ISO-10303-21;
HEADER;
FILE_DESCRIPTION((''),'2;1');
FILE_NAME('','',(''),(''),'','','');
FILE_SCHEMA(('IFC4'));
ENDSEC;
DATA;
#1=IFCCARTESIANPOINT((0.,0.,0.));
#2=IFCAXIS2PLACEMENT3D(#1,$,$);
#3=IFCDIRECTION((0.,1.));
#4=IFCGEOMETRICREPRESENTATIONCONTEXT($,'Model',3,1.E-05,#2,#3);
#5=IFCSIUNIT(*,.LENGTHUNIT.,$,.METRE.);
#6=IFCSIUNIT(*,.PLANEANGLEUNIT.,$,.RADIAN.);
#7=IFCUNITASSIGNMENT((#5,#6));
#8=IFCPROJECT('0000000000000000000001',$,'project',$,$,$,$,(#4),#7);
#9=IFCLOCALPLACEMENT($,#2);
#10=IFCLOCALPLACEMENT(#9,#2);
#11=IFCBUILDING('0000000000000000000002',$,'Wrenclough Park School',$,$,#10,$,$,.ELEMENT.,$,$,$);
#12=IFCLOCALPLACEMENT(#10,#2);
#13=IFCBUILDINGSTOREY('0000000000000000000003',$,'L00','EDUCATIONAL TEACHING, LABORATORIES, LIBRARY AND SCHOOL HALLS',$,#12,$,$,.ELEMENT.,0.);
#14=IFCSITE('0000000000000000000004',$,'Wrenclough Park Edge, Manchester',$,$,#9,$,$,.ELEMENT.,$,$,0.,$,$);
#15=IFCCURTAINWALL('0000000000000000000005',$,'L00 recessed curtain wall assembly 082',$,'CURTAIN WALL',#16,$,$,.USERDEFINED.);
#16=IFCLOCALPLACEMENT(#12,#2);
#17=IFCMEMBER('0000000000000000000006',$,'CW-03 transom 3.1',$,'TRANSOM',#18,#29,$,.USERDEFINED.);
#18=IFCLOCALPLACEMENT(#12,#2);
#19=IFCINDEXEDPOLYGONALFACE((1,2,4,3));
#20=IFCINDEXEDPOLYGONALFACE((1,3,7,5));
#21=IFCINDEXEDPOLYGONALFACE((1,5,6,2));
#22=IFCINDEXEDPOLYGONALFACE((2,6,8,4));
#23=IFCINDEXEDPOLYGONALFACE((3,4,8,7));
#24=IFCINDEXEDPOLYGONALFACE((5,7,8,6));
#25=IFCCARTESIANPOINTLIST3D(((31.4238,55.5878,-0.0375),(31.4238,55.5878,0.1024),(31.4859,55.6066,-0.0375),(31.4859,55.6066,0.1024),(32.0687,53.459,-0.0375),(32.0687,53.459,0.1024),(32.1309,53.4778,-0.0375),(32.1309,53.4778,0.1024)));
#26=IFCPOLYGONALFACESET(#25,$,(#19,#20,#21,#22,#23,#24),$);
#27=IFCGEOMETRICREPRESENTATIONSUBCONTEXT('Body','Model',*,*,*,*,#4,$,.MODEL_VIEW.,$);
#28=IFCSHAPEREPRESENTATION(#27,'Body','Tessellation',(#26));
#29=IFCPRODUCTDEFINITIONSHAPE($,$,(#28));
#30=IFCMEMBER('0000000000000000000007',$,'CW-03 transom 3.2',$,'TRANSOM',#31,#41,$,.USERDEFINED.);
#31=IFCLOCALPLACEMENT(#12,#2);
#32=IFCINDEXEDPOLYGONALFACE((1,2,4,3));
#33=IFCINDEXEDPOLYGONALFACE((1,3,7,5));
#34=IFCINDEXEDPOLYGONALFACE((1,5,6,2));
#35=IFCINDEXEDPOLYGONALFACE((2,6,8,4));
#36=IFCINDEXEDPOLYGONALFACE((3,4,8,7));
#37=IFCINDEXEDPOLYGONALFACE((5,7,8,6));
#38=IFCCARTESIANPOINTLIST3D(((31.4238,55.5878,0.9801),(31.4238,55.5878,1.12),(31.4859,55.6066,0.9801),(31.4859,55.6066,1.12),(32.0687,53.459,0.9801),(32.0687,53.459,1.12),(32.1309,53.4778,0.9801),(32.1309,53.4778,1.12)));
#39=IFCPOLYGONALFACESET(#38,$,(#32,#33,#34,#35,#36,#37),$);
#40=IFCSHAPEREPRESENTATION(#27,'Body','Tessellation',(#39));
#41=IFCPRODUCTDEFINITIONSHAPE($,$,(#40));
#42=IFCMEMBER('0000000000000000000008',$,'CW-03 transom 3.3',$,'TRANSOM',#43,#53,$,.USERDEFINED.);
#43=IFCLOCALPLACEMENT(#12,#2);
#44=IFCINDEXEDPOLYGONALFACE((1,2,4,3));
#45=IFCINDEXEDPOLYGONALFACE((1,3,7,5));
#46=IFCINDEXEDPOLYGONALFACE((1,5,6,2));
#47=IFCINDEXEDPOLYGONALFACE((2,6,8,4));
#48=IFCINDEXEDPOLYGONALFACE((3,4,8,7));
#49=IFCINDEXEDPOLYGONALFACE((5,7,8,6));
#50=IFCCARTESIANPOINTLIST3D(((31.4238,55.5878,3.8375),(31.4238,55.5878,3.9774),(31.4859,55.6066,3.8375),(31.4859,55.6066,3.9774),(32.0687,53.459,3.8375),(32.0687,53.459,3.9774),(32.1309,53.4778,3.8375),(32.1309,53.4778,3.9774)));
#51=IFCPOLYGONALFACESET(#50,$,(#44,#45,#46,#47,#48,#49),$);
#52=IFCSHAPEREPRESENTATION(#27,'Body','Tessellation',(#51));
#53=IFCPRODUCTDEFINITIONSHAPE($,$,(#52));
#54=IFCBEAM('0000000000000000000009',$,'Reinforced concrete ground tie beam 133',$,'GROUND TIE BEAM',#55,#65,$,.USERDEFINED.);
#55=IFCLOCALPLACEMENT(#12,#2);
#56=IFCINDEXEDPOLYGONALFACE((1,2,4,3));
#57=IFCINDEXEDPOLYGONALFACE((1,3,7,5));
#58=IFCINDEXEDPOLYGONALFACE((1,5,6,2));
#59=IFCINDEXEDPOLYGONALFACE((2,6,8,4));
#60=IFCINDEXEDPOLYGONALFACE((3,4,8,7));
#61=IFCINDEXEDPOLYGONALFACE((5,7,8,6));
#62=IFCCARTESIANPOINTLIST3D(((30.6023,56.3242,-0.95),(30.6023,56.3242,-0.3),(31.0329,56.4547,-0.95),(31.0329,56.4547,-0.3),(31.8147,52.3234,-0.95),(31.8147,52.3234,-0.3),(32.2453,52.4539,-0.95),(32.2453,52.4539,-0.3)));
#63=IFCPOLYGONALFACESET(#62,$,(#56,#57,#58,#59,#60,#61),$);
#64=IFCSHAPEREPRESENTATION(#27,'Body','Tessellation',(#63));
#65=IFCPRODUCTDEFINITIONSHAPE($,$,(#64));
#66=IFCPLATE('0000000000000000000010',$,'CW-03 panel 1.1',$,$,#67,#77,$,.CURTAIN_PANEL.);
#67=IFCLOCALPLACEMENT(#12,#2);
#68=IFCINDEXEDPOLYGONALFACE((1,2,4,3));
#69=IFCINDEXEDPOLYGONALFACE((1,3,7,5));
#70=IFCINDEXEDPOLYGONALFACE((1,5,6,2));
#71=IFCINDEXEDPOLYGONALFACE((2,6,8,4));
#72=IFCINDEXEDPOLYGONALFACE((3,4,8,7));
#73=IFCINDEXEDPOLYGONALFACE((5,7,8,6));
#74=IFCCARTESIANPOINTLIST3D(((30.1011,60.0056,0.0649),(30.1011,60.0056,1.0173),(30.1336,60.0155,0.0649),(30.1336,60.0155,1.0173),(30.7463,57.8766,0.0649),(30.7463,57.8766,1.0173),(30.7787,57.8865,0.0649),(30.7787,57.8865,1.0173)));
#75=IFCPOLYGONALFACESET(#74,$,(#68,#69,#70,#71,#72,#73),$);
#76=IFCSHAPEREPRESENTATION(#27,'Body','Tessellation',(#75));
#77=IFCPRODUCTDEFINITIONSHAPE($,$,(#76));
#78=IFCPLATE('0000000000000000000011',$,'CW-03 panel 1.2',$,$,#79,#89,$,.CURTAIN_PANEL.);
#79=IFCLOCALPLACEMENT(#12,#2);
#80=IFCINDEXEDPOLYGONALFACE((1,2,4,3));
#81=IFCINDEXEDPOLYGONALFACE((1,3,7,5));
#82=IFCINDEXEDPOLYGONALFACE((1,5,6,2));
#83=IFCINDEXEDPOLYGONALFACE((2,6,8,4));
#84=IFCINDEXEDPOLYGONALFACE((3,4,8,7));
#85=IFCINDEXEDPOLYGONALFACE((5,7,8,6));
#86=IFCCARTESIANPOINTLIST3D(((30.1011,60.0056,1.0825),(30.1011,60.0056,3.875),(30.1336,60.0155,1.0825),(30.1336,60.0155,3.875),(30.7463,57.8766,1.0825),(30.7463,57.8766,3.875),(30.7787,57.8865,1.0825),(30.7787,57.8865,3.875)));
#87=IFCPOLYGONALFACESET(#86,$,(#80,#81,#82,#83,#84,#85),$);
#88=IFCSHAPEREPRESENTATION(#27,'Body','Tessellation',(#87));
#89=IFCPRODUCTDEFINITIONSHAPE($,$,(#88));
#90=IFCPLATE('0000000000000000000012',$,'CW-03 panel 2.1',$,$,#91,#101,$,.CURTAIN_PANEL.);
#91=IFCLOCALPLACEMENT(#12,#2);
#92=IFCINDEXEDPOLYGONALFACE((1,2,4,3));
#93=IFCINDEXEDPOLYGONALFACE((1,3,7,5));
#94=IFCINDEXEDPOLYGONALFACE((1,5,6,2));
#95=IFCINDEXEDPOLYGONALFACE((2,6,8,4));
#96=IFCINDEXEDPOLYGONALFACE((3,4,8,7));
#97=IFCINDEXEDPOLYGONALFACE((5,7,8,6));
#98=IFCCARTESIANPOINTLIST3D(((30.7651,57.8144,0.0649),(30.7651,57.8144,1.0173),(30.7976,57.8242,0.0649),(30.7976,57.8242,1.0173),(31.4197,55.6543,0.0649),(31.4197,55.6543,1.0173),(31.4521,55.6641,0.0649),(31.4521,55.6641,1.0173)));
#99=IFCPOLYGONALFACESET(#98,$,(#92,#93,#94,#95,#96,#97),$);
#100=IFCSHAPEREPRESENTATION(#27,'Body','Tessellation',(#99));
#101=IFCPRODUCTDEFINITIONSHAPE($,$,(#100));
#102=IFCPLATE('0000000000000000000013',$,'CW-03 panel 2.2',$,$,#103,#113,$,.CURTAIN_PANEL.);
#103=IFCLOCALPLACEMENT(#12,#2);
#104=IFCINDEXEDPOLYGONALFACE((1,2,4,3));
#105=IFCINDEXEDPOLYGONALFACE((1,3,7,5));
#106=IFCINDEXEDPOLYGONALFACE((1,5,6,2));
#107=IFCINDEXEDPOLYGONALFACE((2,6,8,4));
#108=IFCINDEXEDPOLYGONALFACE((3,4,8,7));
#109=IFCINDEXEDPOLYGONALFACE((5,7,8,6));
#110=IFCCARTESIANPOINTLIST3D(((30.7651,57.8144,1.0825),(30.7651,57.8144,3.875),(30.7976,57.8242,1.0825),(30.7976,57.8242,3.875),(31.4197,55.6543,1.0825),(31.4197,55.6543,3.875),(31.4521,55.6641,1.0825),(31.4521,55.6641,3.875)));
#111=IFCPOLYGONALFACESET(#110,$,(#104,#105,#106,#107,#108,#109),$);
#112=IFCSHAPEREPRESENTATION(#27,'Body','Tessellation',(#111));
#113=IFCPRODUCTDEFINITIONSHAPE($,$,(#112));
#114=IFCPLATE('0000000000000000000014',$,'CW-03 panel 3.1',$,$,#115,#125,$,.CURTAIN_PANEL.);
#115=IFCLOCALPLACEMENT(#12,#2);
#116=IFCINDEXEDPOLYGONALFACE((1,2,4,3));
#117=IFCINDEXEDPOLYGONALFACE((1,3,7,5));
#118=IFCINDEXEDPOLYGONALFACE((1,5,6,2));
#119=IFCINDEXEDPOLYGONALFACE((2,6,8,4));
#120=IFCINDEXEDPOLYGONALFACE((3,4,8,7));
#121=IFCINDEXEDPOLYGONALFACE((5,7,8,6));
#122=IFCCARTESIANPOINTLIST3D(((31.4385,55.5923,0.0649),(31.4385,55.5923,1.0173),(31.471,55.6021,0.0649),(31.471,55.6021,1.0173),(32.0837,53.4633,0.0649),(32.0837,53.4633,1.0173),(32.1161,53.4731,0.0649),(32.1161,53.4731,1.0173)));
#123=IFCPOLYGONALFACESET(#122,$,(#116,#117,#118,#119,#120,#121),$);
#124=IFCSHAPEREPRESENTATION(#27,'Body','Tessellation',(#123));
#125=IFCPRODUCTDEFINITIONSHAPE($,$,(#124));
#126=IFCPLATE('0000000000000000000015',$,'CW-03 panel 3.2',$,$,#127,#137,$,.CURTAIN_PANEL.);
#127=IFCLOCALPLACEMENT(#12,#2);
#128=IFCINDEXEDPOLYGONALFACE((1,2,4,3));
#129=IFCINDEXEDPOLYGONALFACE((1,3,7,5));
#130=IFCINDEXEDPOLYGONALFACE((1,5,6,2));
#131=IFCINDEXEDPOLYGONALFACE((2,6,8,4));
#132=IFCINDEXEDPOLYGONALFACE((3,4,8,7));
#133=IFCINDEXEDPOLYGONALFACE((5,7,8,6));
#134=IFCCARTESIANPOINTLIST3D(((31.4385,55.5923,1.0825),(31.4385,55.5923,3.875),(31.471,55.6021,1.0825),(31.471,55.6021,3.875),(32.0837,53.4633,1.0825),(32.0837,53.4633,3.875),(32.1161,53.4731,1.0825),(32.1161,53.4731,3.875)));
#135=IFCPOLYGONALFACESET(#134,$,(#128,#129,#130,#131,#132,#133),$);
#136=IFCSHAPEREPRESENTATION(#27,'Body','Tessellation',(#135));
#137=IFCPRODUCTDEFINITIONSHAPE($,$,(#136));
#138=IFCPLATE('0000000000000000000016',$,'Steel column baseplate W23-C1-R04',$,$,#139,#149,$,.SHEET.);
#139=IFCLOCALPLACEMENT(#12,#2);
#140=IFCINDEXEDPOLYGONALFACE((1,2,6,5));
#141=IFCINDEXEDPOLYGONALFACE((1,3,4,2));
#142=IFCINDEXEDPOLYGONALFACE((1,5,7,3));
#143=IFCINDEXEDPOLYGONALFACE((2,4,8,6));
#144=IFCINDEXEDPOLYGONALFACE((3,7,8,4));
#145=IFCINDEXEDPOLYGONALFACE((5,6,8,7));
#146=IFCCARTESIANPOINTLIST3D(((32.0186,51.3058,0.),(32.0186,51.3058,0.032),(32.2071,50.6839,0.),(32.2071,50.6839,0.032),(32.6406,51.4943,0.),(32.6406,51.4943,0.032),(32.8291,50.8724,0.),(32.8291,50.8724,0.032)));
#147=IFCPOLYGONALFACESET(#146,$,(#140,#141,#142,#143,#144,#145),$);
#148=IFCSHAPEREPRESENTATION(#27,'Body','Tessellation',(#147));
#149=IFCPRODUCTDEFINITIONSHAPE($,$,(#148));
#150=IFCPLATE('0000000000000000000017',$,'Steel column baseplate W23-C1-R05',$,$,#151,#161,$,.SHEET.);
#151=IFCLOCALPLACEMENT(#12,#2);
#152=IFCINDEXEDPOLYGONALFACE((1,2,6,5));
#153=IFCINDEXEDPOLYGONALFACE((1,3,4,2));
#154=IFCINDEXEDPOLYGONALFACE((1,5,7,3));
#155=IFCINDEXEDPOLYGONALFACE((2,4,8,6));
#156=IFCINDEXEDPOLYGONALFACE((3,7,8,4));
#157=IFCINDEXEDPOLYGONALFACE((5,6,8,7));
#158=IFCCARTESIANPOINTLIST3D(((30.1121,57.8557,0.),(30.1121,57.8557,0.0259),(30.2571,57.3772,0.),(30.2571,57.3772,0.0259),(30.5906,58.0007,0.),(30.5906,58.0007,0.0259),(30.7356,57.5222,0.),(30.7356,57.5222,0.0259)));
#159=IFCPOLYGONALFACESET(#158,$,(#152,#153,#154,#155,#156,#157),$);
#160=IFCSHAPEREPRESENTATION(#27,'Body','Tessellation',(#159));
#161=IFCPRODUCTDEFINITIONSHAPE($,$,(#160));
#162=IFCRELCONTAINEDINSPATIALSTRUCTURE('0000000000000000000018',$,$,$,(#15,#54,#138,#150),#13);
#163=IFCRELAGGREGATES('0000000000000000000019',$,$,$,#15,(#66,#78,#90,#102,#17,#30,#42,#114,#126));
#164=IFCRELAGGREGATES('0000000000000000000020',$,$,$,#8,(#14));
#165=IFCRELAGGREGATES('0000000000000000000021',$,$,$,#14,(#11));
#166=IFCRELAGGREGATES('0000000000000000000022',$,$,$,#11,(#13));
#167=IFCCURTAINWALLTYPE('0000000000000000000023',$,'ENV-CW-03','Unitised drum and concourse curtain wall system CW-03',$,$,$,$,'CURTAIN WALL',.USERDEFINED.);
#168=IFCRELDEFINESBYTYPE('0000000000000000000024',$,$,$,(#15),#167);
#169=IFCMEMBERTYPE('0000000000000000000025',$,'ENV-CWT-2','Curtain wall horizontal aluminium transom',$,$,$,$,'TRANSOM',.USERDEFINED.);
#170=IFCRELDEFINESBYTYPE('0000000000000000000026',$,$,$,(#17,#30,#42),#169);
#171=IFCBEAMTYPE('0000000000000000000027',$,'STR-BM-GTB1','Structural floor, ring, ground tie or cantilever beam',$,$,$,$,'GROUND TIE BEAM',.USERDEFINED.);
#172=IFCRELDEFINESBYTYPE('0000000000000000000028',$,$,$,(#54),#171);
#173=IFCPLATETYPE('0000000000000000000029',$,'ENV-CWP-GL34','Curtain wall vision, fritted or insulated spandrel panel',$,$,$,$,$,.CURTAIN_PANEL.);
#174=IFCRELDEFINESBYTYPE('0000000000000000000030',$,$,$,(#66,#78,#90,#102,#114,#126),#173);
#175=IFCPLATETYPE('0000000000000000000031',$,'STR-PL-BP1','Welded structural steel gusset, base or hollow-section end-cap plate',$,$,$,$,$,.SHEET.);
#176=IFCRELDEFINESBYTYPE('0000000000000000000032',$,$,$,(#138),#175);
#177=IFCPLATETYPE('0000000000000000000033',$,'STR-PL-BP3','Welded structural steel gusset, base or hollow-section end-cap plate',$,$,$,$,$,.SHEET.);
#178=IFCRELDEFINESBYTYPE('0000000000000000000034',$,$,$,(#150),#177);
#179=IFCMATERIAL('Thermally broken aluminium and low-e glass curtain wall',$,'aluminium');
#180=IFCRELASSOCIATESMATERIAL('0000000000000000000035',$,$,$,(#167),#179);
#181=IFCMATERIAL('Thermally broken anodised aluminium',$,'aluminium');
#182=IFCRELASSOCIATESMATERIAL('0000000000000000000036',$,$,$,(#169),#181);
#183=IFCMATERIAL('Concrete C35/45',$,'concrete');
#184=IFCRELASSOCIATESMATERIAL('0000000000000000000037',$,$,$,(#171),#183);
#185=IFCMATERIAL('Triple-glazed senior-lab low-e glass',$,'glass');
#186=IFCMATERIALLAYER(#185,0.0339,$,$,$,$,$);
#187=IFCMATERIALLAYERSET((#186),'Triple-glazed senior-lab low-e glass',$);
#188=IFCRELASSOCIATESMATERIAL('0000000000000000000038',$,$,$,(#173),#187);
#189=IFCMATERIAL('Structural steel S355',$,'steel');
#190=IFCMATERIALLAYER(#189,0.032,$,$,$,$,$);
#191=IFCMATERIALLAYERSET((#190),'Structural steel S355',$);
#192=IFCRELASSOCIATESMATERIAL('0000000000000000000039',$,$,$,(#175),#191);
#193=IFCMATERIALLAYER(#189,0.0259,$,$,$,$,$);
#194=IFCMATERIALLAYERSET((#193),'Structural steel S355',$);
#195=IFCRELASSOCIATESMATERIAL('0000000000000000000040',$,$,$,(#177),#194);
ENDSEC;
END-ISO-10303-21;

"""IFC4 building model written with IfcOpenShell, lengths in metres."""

from ifc_helpers import new_model, si_unit, direction, frame, origin, origin_2d, place, context, subcontext, project, spatial, rectangle, extrude, material, layer, layer_set, material_profile, profile_set, type_object, element, aggregate, save


model = new_model("IFC4")

# Units and contexts
model_context = context("Model", 3, precision=1e-05, world=origin(), true_north=direction((0.0, 1.0)))
body_context = subcontext(model_context, "Body", "Model", "MODEL_VIEW")
ifc_project = project(units=[si_unit("LENGTHUNIT", "METRE"), si_unit("PLANEANGLEUNIT", "RADIAN")], contexts=[model_context])

# Site, building, storey
site_placement = place(None, origin())
site = spatial("IfcSite", under=ifc_project, at=site_placement, Name="Wrenclough Park Edge, Manchester", CompositionType="ELEMENT", RefElevation=0.0)
building_placement = place(site_placement, origin())
building = spatial("IfcBuilding", under=site, at=building_placement, Name="Wrenclough Park School", CompositionType="ELEMENT")
storey_placement = place(building_placement, origin())
storey = spatial("IfcBuildingStorey", under=building, at=storey_placement, Name="L00", Description="EDUCATIONAL TEACHING, LABORATORIES, LIBRARY AND SCHOOL HALLS", CompositionType="ELEMENT", Elevation=0.0)

# Shared definitions
ifc_material_1 = material(Name="Concrete C35/45", Category="concrete")

# Shared definitions
ifc_material_2 = material(Name="Structural steel S355", Category="steel")

# Curtain wall, members
ifc_material_3 = material(Name="Thermally broken aluminium and low-e glass curtain wall", Category="aluminium")
curtain_wall_type = type_object("IfcCurtainWallType", Name="ENV-CW-03", Description="Unitised drum and concourse curtain wall system CW-03", ElementType="CURTAIN WALL", PredefinedType="USERDEFINED", material=ifc_material_3)
curtain_wall_placement = place(storey_placement, origin())
curtain_wall = element("IfcCurtainWall", 1, at=curtain_wall_placement, inside=storey, type_object=curtain_wall_type, Name="L00 recessed curtain wall assembly 082", ObjectType="CURTAIN WALL", PredefinedType="USERDEFINED")
ifc_material_4 = material(Name="Thermally broken anodised aluminium", Category="aluminium")
ifc_material_profile_1 = material_profile(ifc_material_4, rectangle(XDim=0.0649, YDim=0.1399, at=origin_2d()), Name="AL TRANSOM 65x140")
ifc_profile_set_1 = profile_set([ifc_material_profile_1], Name="Thermally broken anodised aluminium")
member_type_1 = type_object("IfcMemberType", Name="ENV-CWT-2", Description="Curtain wall horizontal aluminium transom", ElementType="TRANSOM", PredefinedType="USERDEFINED", material=ifc_profile_set_1)
member_1_placement = place(storey_placement, frame((31.4548, 55.5972, 0.0325), z_axis=(0.289965, -0.957037, 0.0), x_axis=(0.957037, 0.289965, 0.0)))
member_1 = element("IfcMember", 2, at=member_1_placement, type_object=member_type_1, Name="CW-03 transom 3.1", ObjectType="TRANSOM", PredefinedType="USERDEFINED", context=body_context, shape_type="SweptSolid", body=[
    extrude(rectangle(XDim=0.0649, YDim=0.1399, at=origin_2d()), origin(), (0.0, 0.0, 1.0), 2.2244),
])
member_2_placement = place(storey_placement, frame((31.4548, 55.5972, 1.05), z_axis=(0.289965, -0.957037, 0.0), x_axis=(0.957037, 0.289965, 0.0)))
member_2 = element("IfcMember", 3, at=member_2_placement, type_object=member_type_1, Name="CW-03 transom 3.2", ObjectType="TRANSOM", PredefinedType="USERDEFINED", context=body_context, shape_type="SweptSolid", body=[
    extrude(rectangle(XDim=0.0649, YDim=0.1399, at=origin_2d()), origin(), (0.0, 0.0, 1.0), 2.2244),
])
member_3_placement = place(storey_placement, frame((31.4548, 55.5972, 3.9075), z_axis=(0.289965, -0.957037, 0.0), x_axis=(0.957037, 0.289965, 0.0)))
member_3 = element("IfcMember", 4, at=member_3_placement, type_object=member_type_1, Name="CW-03 transom 3.3", ObjectType="TRANSOM", PredefinedType="USERDEFINED", context=body_context, shape_type="SweptSolid", body=[
    extrude(rectangle(XDim=0.0649, YDim=0.1399, at=origin_2d()), origin(), (0.0, 0.0, 1.0), 2.2244),
])

# Beam
ifc_material_profile_2 = material_profile(ifc_material_1, rectangle(XDim=0.45, YDim=0.6499, at=origin_2d()), Name="RC GROUND 450x650")
ifc_profile_set_2 = profile_set([ifc_material_profile_2], Name="Concrete C35/45")
beam_type = type_object("IfcBeamType", Name="STR-BM-GTB1", Description="Structural floor, ring, ground tie or cantilever beam", ElementType="GROUND TIE BEAM", PredefinedType="USERDEFINED", material=ifc_profile_set_2)
beam_placement = place(storey_placement, frame((32.03, 52.3887, -0.625), z_axis=(-0.29002, 0.95702, 0.0), x_axis=(-0.95702, -0.29002, 0.0)))
element("IfcBeam", 5, at=beam_placement, inside=storey, type_object=beam_type, Name="Reinforced concrete ground tie beam 133", ObjectType="GROUND TIE BEAM", PredefinedType="USERDEFINED", context=body_context, shape_type="SweptSolid", body=[
    extrude(rectangle(XDim=0.45, YDim=0.6499, at=origin_2d()), origin(), (0.0, 0.0, 1.0), 4.1804),
])

# Plates
ifc_material_5 = material(Name="Triple-glazed senior-lab low-e glass", Category="glass")
ifc_layer_1 = layer(ifc_material_5, 0.0339)
ifc_layer_set_1 = layer_set([ifc_layer_1], Name="Triple-glazed senior-lab low-e glass")
plate_type_1 = type_object("IfcPlateType", Name="ENV-CWP-GL34", Description="Curtain wall vision, fritted or insulated spandrel panel", PredefinedType="CURTAIN_PANEL", material=ifc_layer_set_1)
plate_1_placement = place(storey_placement, frame((30.4399, 58.946, 0.0649), z_axis=(0.0, 0.0, 1.0), x_axis=(0.289993, -0.957029, 0.0)))
plate_1 = element("IfcPlate", 6, at=plate_1_placement, type_object=plate_type_1, Name="CW-03 panel 1.1", PredefinedType="CURTAIN_PANEL", context=body_context, shape_type="SweptSolid", body=[
    extrude(rectangle(XDim=2.2246, YDim=0.0339, at=origin_2d()), origin(), (0.0, 0.0, 1.0), 0.9524),
])
plate_2_placement = place(storey_placement, frame((30.4399, 58.946, 1.0825), z_axis=(0.0, 0.0, 1.0), x_axis=(0.289993, -0.957029, 0.0)))
plate_2 = element("IfcPlate", 7, at=plate_2_placement, type_object=plate_type_1, Name="CW-03 panel 1.2", PredefinedType="CURTAIN_PANEL", context=body_context, shape_type="SweptSolid", body=[
    extrude(rectangle(XDim=2.2246, YDim=0.0339, at=origin_2d()), origin(), (0.0, 0.0, 1.0), 2.7925),
])
plate_3_placement = place(storey_placement, frame((31.1086, 56.7393, 0.0649), z_axis=(0.0, 0.0, 1.0), x_axis=(0.289993, -0.957029, 0.0)))
plate_3 = element("IfcPlate", 8, at=plate_3_placement, type_object=plate_type_1, Name="CW-03 panel 2.1", PredefinedType="CURTAIN_PANEL", context=body_context, shape_type="SweptSolid", body=[
    extrude(rectangle(XDim=2.2571, YDim=0.0339, at=origin_2d()), origin(), (0.0, 0.0, 1.0), 0.9524),
])
plate_4_placement = place(storey_placement, frame((31.1086, 56.7393, 1.0825), z_axis=(0.0, 0.0, 1.0), x_axis=(0.289993, -0.957029, 0.0)))
plate_4 = element("IfcPlate", 9, at=plate_4_placement, type_object=plate_type_1, Name="CW-03 panel 2.2", PredefinedType="CURTAIN_PANEL", context=body_context, shape_type="SweptSolid", body=[
    extrude(rectangle(XDim=2.2571, YDim=0.0339, at=origin_2d()), origin(), (0.0, 0.0, 1.0), 2.7925),
])
plate_5_placement = place(storey_placement, frame((31.7773, 54.5327, 0.0649), z_axis=(0.0, 0.0, 1.0), x_axis=(0.289993, -0.957029, 0.0)))
plate_5 = element("IfcPlate", 10, at=plate_5_placement, type_object=plate_type_1, Name="CW-03 panel 3.1", PredefinedType="CURTAIN_PANEL", context=body_context, shape_type="SweptSolid", body=[
    extrude(rectangle(XDim=2.2246, YDim=0.0339, at=origin_2d()), origin(), (0.0, 0.0, 1.0), 0.9524),
])
plate_6_placement = place(storey_placement, frame((31.7773, 54.5327, 1.0825), z_axis=(0.0, 0.0, 1.0), x_axis=(0.289993, -0.957029, 0.0)))
plate_6 = element("IfcPlate", 11, at=plate_6_placement, type_object=plate_type_1, Name="CW-03 panel 3.2", PredefinedType="CURTAIN_PANEL", context=body_context, shape_type="SweptSolid", body=[
    extrude(rectangle(XDim=2.2246, YDim=0.0339, at=origin_2d()), origin(), (0.0, 0.0, 1.0), 2.7925),
])
aggregate(curtain_wall, [plate_1, plate_2, plate_3, plate_4, member_1, member_2, member_3, plate_5, plate_6])

# Plates
ifc_layer_2 = layer(ifc_material_2, 0.032)
ifc_layer_set_2 = layer_set([ifc_layer_2], Name="Structural steel S355")
plate_type_2 = type_object("IfcPlateType", Name="STR-PL-BP1", Description="Welded structural steel gusset, base or hollow-section end-cap plate", PredefinedType="SHEET", material=ifc_layer_set_2)
plate_7_placement = place(storey_placement, frame((32.4238, 51.0891, 0.0), z_axis=(0.0, 0.0, 1.0), x_axis=(-0.290034, 0.957016, 0.0)))
element("IfcPlate", 12, at=plate_7_placement, inside=storey, type_object=plate_type_2, Name="Steel column baseplate W23-C1-R04", PredefinedType="SHEET", context=body_context, shape_type="SweptSolid", body=[
    extrude(rectangle(XDim=0.6499, YDim=0.6499, at=origin_2d()), origin(), (0.0, 0.0, 1.0), 0.032),
])
ifc_layer_3 = layer(ifc_material_2, 0.0259)
ifc_layer_set_3 = layer_set([ifc_layer_3], Name="Structural steel S355")
plate_type_3 = type_object("IfcPlateType", Name="STR-PL-BP3", Description="Welded structural steel gusset, base or hollow-section end-cap plate", PredefinedType="SHEET", material=ifc_layer_set_3)
plate_8_placement = place(storey_placement, frame((30.4238, 57.689, 0.0), z_axis=(0.0, 0.0, 1.0), x_axis=(-0.290034, 0.957016, 0.0)))
element("IfcPlate", 13, at=plate_8_placement, inside=storey, type_object=plate_type_3, Name="Steel column baseplate W23-C1-R05", PredefinedType="SHEET", context=body_context, shape_type="SweptSolid", body=[
    extrude(rectangle(XDim=0.5, YDim=0.5, at=origin_2d()), origin(), (0.0, 0.0, 1.0), 0.0259),
])

save(model, "model.ifc")
